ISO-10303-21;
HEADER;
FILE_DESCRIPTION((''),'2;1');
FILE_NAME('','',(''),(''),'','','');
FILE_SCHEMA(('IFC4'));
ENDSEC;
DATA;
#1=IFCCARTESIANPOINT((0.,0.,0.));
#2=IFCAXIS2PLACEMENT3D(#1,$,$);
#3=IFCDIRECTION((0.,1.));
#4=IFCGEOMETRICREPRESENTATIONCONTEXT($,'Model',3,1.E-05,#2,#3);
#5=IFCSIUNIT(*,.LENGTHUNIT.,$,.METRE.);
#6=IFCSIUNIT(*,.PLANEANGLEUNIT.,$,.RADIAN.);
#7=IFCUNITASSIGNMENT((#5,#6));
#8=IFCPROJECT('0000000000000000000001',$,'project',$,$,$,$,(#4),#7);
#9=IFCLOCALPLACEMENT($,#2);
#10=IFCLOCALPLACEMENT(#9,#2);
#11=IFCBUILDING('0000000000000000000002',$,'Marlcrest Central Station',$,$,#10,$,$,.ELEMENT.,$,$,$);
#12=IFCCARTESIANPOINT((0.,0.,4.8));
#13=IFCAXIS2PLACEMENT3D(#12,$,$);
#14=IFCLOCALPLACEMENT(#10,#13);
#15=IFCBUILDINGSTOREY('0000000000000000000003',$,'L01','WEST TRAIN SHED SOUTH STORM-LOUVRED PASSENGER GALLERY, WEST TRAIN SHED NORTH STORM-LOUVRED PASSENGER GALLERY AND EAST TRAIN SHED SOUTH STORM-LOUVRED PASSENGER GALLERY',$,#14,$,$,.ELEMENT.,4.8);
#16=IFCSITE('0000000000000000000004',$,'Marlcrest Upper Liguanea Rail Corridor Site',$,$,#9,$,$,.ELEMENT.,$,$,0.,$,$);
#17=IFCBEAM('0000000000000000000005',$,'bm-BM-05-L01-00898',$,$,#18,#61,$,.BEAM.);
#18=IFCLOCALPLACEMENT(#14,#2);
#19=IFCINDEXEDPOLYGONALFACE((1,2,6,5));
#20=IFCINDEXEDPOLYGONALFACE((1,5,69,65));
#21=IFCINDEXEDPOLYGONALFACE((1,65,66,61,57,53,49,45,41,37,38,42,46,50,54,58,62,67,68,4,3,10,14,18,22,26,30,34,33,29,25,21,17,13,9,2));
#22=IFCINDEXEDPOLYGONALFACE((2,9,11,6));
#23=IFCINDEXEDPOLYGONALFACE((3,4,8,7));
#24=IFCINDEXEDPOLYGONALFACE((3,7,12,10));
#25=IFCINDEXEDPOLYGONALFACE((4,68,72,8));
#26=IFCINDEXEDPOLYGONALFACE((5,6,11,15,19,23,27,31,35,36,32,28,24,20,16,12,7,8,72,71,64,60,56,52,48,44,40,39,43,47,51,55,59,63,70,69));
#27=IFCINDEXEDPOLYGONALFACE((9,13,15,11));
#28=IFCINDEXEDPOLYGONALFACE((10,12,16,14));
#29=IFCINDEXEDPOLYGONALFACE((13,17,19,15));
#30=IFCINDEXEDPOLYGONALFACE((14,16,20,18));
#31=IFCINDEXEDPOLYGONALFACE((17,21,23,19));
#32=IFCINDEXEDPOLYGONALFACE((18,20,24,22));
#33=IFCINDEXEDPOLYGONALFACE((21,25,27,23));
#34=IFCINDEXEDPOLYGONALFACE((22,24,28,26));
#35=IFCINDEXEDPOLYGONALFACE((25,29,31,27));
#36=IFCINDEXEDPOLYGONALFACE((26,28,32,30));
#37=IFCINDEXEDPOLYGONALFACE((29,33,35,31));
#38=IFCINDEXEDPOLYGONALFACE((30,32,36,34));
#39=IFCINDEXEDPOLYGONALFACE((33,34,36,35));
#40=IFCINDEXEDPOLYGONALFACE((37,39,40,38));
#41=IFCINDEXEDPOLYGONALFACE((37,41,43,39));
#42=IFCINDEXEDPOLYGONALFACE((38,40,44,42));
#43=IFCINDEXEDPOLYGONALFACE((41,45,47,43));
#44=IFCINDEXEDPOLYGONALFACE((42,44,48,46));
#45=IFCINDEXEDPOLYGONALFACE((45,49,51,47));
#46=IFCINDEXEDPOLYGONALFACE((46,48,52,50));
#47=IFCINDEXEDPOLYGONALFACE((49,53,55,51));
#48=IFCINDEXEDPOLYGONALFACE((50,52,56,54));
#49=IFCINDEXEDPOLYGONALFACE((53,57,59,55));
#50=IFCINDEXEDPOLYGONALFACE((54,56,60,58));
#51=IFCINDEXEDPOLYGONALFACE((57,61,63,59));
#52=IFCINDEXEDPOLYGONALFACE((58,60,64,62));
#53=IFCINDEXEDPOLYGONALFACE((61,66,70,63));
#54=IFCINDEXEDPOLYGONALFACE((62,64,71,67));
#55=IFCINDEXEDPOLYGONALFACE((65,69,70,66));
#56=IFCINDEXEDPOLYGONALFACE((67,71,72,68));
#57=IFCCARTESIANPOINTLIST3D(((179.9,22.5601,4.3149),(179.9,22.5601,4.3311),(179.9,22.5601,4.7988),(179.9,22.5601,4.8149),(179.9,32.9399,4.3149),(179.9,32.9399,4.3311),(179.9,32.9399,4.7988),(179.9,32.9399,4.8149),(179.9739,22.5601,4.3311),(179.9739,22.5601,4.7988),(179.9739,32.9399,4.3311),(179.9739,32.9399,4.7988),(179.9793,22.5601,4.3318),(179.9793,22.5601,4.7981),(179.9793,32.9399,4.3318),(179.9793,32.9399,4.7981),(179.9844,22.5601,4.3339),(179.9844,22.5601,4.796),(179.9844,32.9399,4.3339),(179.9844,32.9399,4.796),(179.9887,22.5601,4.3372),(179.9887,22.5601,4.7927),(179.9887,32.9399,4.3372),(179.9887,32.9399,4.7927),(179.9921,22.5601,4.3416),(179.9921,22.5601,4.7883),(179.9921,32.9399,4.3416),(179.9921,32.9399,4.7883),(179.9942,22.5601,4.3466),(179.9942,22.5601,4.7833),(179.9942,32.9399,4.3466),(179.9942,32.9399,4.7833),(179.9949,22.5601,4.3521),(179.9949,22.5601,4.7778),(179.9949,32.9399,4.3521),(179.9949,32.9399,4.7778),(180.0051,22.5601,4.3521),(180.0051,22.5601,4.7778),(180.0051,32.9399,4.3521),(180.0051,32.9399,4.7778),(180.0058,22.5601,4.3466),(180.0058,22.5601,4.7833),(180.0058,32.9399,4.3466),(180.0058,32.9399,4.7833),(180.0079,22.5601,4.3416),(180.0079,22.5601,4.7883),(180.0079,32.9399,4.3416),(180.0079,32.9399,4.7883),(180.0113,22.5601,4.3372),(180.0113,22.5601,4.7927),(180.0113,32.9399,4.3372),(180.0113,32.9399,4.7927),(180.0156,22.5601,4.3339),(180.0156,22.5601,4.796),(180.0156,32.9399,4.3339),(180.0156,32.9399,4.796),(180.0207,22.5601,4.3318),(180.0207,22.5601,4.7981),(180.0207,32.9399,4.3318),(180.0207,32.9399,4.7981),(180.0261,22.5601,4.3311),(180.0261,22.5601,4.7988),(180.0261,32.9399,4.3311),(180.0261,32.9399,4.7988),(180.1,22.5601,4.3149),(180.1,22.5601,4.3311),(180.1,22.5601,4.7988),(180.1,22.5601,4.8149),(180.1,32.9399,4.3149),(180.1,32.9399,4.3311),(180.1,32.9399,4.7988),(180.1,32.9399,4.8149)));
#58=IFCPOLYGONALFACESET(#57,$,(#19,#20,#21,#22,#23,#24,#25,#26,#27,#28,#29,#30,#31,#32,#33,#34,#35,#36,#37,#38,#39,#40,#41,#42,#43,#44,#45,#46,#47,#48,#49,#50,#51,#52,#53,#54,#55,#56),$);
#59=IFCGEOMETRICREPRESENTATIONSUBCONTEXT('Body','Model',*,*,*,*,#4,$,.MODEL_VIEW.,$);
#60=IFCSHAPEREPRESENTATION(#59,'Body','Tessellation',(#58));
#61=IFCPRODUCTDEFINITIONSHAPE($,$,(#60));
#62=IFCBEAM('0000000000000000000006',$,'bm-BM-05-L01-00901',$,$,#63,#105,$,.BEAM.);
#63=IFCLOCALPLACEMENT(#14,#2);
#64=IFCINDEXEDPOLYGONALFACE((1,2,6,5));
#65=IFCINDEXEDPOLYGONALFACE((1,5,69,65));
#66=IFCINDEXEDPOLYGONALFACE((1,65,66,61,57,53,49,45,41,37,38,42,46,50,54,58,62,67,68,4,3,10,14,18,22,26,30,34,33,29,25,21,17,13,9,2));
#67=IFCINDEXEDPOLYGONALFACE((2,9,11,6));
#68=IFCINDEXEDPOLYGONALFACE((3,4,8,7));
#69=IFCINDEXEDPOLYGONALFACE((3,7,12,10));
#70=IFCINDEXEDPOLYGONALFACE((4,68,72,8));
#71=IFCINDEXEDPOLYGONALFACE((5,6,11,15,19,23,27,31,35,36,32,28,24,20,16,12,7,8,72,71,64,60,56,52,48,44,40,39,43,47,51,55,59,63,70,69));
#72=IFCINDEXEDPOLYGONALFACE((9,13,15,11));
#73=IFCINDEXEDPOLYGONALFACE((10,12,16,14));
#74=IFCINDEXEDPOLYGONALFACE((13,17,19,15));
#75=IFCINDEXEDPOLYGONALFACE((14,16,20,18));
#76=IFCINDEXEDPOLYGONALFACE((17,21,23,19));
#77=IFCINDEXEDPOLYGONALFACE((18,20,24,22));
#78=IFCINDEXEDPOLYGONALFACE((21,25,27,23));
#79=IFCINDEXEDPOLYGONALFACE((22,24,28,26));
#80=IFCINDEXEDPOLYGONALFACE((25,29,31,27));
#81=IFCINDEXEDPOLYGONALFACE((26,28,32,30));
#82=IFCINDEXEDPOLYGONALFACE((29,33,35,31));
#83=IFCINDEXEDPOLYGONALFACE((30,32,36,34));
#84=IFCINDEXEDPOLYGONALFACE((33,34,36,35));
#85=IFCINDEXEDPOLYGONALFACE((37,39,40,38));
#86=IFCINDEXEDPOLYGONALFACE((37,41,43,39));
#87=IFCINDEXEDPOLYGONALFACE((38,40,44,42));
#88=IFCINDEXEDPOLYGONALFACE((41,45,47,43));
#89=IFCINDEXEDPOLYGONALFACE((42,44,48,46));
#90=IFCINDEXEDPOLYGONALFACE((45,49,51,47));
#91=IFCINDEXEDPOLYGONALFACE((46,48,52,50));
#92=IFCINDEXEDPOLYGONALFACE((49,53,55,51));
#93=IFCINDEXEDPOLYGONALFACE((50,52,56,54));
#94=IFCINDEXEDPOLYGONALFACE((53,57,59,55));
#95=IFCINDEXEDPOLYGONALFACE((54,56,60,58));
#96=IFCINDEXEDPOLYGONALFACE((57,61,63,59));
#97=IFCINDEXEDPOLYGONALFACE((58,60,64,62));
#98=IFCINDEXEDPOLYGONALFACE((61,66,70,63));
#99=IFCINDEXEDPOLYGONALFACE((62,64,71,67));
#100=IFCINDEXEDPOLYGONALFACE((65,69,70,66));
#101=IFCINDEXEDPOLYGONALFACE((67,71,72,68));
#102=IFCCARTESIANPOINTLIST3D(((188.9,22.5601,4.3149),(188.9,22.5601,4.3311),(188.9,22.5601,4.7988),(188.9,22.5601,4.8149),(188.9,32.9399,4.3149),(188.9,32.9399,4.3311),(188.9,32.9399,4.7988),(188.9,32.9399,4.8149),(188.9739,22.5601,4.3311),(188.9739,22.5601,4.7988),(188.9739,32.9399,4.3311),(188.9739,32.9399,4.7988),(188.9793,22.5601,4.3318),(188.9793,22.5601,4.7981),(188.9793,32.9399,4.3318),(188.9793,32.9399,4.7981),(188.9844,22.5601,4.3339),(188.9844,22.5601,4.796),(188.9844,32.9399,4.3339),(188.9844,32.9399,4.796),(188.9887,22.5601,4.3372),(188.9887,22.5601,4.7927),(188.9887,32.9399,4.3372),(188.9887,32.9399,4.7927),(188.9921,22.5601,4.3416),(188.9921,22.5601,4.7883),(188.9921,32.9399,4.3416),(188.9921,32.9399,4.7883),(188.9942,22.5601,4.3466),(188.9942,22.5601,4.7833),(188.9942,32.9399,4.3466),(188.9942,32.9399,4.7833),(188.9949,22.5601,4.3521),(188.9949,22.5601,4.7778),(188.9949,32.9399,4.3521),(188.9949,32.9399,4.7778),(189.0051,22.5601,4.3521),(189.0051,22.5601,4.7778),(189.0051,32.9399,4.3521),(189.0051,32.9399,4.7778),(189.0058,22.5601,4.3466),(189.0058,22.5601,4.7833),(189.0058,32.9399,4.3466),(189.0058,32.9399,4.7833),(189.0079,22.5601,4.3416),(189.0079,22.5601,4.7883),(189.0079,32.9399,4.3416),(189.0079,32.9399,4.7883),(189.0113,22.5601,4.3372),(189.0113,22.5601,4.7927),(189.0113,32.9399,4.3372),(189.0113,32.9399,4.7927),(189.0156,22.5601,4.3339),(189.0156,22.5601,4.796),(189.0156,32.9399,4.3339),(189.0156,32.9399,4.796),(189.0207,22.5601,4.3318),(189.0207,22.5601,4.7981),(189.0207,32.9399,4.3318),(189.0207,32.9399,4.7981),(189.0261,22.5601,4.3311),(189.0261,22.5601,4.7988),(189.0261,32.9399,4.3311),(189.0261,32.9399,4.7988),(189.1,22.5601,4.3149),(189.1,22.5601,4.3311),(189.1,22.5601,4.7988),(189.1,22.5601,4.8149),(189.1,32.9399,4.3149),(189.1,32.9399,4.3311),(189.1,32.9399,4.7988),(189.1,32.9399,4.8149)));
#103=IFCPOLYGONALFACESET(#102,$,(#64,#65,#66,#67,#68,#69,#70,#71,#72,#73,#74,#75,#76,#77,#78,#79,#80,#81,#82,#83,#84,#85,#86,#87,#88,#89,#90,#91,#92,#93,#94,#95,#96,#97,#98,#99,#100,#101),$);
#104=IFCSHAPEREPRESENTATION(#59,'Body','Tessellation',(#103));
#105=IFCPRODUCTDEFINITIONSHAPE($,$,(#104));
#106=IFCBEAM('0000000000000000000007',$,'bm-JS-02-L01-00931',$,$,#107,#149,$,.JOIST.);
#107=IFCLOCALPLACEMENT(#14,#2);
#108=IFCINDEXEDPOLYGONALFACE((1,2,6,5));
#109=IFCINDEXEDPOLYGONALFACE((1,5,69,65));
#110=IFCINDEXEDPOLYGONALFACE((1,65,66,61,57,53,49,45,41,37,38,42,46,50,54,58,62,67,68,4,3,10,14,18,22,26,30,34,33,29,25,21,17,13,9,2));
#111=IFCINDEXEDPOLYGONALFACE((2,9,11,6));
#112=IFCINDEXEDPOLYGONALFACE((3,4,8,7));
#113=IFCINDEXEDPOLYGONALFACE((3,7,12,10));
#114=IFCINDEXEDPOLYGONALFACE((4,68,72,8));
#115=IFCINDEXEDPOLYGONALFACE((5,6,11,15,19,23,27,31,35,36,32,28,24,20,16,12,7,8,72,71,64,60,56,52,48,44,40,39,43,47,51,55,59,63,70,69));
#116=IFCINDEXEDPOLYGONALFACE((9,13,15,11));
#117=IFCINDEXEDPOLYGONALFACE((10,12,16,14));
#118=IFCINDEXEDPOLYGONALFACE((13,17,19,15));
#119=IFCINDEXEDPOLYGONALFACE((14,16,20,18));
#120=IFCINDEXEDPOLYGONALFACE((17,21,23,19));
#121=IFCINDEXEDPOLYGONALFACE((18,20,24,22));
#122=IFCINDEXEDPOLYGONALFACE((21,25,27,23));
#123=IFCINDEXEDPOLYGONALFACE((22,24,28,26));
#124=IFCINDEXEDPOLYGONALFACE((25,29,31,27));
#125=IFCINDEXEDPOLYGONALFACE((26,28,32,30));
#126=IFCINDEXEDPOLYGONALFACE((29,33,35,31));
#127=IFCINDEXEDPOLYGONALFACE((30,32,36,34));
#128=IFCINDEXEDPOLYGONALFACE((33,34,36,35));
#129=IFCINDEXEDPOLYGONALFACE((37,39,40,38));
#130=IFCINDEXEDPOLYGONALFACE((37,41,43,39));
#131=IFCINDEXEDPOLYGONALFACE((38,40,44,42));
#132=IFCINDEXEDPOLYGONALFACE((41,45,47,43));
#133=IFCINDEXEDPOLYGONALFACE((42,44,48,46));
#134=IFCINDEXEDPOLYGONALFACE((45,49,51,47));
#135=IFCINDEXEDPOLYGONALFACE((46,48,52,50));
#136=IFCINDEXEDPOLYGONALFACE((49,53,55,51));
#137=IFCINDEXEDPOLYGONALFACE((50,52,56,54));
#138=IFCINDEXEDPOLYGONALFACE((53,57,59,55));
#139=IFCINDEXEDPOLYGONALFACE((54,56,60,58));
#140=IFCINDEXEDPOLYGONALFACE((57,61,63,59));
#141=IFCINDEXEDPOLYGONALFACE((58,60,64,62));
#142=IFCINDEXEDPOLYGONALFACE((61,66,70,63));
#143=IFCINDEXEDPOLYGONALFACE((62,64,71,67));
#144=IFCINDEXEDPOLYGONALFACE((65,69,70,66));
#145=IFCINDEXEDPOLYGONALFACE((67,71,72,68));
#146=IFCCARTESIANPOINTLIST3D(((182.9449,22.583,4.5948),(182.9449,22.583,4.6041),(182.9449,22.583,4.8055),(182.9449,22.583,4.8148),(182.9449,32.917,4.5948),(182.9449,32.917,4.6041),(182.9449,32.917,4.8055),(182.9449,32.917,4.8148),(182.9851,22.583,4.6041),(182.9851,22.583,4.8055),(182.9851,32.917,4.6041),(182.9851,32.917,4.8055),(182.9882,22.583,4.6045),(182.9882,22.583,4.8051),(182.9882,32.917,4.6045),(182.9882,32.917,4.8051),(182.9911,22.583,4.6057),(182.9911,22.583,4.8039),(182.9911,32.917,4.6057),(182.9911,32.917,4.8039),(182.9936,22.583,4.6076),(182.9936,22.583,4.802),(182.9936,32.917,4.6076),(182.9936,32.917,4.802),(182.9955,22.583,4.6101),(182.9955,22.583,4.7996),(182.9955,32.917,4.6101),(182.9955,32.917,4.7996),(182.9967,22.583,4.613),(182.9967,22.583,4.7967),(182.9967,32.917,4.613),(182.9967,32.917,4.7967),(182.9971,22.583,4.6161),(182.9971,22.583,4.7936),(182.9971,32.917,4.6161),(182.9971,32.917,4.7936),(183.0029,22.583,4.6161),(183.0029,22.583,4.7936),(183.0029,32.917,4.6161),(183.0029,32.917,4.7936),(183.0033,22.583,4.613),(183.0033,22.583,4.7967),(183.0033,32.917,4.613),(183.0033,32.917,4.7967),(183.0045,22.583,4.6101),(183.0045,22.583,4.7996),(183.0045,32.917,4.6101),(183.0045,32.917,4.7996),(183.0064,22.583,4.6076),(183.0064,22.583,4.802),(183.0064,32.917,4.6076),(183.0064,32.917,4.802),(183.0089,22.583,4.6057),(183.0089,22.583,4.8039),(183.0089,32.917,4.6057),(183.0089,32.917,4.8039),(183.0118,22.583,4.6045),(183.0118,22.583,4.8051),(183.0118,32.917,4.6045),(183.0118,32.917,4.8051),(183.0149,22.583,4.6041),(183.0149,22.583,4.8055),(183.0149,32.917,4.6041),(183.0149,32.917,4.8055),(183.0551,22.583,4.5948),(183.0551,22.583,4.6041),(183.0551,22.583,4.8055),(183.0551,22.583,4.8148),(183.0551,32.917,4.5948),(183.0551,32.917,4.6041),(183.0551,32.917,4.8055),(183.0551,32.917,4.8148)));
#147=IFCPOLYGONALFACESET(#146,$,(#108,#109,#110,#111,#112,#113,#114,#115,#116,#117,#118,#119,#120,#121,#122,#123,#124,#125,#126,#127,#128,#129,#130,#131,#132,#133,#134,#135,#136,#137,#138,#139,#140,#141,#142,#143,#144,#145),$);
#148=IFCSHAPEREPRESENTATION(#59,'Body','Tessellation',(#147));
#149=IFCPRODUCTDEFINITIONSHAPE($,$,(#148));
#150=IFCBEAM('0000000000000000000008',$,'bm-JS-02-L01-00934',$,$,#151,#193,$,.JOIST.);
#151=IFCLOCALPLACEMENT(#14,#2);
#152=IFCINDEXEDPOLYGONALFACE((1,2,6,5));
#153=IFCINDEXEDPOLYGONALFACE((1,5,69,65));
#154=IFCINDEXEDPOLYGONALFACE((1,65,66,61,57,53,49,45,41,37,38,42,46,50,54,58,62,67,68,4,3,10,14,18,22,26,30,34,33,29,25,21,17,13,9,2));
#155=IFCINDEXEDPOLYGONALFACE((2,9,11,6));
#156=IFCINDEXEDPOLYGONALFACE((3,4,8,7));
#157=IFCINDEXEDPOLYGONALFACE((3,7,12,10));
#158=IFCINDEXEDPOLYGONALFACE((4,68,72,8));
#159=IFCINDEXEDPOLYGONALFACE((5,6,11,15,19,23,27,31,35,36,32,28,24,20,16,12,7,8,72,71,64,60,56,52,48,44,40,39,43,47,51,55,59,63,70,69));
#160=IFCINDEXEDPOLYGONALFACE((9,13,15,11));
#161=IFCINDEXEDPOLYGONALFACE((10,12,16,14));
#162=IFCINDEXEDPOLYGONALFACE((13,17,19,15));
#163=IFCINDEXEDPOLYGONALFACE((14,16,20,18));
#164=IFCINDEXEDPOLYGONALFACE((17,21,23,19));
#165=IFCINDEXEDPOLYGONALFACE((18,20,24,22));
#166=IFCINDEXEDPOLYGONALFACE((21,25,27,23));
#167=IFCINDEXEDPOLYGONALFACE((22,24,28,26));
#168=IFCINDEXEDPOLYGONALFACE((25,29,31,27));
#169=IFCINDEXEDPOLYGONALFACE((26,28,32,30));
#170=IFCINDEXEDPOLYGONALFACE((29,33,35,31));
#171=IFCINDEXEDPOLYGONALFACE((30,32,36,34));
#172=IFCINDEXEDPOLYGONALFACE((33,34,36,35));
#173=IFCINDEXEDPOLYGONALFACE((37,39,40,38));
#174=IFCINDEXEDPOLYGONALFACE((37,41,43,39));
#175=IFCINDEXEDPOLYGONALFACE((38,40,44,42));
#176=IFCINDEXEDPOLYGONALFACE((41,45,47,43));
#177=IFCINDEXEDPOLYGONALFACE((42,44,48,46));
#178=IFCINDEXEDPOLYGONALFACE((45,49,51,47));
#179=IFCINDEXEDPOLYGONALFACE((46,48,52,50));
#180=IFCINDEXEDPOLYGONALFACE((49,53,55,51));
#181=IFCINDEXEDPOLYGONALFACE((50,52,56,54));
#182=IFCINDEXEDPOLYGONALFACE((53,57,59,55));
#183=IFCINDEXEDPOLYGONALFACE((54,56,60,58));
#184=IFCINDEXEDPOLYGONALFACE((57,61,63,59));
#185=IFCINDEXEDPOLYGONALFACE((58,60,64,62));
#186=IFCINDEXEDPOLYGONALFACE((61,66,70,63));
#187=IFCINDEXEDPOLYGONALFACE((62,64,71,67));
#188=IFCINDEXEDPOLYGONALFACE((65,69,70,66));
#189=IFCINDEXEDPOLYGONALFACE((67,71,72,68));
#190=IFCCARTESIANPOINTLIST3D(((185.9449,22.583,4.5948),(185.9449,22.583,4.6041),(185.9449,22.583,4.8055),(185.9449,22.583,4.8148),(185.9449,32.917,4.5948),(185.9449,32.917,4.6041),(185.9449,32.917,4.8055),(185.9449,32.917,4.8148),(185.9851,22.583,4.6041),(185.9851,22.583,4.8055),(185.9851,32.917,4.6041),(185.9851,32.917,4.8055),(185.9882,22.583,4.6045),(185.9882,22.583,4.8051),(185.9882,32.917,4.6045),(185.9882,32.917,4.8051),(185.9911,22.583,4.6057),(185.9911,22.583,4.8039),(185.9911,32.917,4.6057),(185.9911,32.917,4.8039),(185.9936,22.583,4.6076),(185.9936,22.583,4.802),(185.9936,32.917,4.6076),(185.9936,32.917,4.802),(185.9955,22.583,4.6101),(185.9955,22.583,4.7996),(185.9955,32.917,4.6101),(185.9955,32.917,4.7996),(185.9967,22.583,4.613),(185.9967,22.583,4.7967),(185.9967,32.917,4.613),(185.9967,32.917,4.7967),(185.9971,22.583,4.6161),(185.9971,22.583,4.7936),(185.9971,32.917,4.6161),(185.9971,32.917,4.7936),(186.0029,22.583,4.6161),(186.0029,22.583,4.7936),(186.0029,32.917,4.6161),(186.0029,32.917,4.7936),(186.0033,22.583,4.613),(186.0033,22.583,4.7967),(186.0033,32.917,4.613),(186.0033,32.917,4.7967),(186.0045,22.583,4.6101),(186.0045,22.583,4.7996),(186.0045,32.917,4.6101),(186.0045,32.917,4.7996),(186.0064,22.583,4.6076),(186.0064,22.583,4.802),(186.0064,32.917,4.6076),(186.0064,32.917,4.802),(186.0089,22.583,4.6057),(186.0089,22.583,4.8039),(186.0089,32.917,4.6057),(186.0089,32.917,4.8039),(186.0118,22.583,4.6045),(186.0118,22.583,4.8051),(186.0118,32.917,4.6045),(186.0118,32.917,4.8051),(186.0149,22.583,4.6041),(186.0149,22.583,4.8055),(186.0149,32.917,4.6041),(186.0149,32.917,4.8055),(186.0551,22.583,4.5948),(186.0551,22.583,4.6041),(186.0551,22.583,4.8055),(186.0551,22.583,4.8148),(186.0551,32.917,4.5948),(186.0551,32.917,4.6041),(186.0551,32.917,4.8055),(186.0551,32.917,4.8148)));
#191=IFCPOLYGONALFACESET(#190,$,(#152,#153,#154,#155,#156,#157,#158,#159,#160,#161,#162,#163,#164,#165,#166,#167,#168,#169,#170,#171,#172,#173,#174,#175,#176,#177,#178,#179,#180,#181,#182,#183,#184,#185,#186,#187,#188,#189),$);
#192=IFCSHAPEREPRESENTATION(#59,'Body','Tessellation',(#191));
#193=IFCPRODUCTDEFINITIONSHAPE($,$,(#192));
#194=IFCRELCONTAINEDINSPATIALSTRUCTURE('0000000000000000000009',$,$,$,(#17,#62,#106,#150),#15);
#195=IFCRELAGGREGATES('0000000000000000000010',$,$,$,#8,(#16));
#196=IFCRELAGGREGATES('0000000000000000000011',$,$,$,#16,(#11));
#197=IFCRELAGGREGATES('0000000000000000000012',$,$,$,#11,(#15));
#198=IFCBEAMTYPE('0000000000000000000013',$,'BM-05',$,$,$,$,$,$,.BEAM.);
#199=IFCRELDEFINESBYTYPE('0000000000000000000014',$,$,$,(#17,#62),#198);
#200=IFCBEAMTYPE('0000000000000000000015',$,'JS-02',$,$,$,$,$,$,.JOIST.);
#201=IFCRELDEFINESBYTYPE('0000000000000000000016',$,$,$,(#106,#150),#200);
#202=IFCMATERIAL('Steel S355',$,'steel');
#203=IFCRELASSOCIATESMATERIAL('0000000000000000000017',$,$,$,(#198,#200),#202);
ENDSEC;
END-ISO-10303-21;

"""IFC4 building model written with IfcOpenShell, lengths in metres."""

from ifc_helpers import new_model, si_unit, direction, frame, origin, origin_2d, place, context, subcontext, project, spatial, i_section, extrude, material, material_profile, profile_set, type_object, element, save


model = new_model("IFC4")

# Units and contexts
model_context = context("Model", 3, precision=1e-05, world=origin(), true_north=direction((0.0, 1.0)))
body_context = subcontext(model_context, "Body", "Model", "MODEL_VIEW")
ifc_project = project(units=[si_unit("LENGTHUNIT", "METRE"), si_unit("PLANEANGLEUNIT", "RADIAN")], contexts=[model_context])

# Site, building, storey
site_placement = place(None, origin())
site = spatial("IfcSite", under=ifc_project, at=site_placement, Name="Marlcrest Upper Liguanea Rail Corridor Site", CompositionType="ELEMENT", RefElevation=0.0)
building_placement = place(site_placement, origin())
building = spatial("IfcBuilding", under=site, at=building_placement, Name="Marlcrest Central Station", CompositionType="ELEMENT")
storey_placement = place(building_placement, frame((0.0, 0.0, 4.8)))
storey = spatial("IfcBuildingStorey", under=building, at=storey_placement, Name="L01", Description="WEST TRAIN SHED SOUTH STORM-LOUVRED PASSENGER GALLERY, WEST TRAIN SHED NORTH STORM-LOUVRED PASSENGER GALLERY AND EAST TRAIN SHED SOUTH STORM-LOUVRED PASSENGER GALLERY", CompositionType="ELEMENT", Elevation=4.8)

# Shared definitions
ifc_material_1 = material(Name="Steel S355", Category="steel")

# Beams
ifc_material_profile_1 = material_profile(ifc_material_1, i_section(OverallWidth=0.2, OverallDepth=0.5, WebThickness=0.0103, FlangeThickness=0.0161, FilletRadius=0.021, at=origin_2d()), Name="IPE 500")
ifc_profile_set_1 = profile_set([ifc_material_profile_1], Name="Steel S355")
beam_type_1 = type_object("IfcBeamType", Name="BM-05", PredefinedType="BEAM", material=ifc_profile_set_1)
for number, where, z_axis, x_axis, name in (
    (1, (180.0, 22.5601, 4.5649), (0.0, 1.0, 0.0), (-1.0, 0.0, 0.0), "bm-BM-05-L01-00898"),
    (2, (189.0, 22.5601, 4.5649), (0.0, 1.0, 0.0), (-1.0, 0.0, 0.0), "bm-BM-05-L01-00901"),
):
    element("IfcBeam", number, at=place(storey_placement, frame(where, z_axis=z_axis, x_axis=x_axis)), inside=storey, type_object=beam_type_1, Name=name, PredefinedType="BEAM", context=body_context, shape_type="SweptSolid", body=[
        extrude(i_section(OverallWidth=0.2, OverallDepth=0.5, WebThickness=0.0103, FlangeThickness=0.0161, FilletRadius=0.021, at=origin_2d()), origin(), (0.0, 0.0, 1.0), 10.3799),
    ])
ifc_material_profile_2 = material_profile(ifc_material_1, i_section(OverallWidth=0.1101, OverallDepth=0.22, WebThickness=0.0059, FlangeThickness=0.0093, FilletRadius=0.012, at=origin_2d()), Name="IPE 220")
ifc_profile_set_2 = profile_set([ifc_material_profile_2], Name="Steel S355")
beam_type_2 = type_object("IfcBeamType", Name="JS-02", PredefinedType="JOIST", material=ifc_profile_set_2)
for number, where, z_axis, x_axis, name in (
    (3, (183.0, 22.583, 4.7048), (0.0, 1.0, 0.0), (-1.0, 0.0, 0.0), "bm-JS-02-L01-00931"),
    (4, (186.0, 22.583, 4.7048), (0.0, 1.0, 0.0), (-1.0, 0.0, 0.0), "bm-JS-02-L01-00934"),
):
    element("IfcBeam", number, at=place(storey_placement, frame(where, z_axis=z_axis, x_axis=x_axis)), inside=storey, type_object=beam_type_2, Name=name, PredefinedType="JOIST", context=body_context, shape_type="SweptSolid", body=[
        extrude(i_section(OverallWidth=0.1101, OverallDepth=0.22, WebThickness=0.0059, FlangeThickness=0.0093, FilletRadius=0.012, at=origin_2d()), origin(), (0.0, 0.0, 1.0), 10.334),
    ])

save(model, "model.ifc")
